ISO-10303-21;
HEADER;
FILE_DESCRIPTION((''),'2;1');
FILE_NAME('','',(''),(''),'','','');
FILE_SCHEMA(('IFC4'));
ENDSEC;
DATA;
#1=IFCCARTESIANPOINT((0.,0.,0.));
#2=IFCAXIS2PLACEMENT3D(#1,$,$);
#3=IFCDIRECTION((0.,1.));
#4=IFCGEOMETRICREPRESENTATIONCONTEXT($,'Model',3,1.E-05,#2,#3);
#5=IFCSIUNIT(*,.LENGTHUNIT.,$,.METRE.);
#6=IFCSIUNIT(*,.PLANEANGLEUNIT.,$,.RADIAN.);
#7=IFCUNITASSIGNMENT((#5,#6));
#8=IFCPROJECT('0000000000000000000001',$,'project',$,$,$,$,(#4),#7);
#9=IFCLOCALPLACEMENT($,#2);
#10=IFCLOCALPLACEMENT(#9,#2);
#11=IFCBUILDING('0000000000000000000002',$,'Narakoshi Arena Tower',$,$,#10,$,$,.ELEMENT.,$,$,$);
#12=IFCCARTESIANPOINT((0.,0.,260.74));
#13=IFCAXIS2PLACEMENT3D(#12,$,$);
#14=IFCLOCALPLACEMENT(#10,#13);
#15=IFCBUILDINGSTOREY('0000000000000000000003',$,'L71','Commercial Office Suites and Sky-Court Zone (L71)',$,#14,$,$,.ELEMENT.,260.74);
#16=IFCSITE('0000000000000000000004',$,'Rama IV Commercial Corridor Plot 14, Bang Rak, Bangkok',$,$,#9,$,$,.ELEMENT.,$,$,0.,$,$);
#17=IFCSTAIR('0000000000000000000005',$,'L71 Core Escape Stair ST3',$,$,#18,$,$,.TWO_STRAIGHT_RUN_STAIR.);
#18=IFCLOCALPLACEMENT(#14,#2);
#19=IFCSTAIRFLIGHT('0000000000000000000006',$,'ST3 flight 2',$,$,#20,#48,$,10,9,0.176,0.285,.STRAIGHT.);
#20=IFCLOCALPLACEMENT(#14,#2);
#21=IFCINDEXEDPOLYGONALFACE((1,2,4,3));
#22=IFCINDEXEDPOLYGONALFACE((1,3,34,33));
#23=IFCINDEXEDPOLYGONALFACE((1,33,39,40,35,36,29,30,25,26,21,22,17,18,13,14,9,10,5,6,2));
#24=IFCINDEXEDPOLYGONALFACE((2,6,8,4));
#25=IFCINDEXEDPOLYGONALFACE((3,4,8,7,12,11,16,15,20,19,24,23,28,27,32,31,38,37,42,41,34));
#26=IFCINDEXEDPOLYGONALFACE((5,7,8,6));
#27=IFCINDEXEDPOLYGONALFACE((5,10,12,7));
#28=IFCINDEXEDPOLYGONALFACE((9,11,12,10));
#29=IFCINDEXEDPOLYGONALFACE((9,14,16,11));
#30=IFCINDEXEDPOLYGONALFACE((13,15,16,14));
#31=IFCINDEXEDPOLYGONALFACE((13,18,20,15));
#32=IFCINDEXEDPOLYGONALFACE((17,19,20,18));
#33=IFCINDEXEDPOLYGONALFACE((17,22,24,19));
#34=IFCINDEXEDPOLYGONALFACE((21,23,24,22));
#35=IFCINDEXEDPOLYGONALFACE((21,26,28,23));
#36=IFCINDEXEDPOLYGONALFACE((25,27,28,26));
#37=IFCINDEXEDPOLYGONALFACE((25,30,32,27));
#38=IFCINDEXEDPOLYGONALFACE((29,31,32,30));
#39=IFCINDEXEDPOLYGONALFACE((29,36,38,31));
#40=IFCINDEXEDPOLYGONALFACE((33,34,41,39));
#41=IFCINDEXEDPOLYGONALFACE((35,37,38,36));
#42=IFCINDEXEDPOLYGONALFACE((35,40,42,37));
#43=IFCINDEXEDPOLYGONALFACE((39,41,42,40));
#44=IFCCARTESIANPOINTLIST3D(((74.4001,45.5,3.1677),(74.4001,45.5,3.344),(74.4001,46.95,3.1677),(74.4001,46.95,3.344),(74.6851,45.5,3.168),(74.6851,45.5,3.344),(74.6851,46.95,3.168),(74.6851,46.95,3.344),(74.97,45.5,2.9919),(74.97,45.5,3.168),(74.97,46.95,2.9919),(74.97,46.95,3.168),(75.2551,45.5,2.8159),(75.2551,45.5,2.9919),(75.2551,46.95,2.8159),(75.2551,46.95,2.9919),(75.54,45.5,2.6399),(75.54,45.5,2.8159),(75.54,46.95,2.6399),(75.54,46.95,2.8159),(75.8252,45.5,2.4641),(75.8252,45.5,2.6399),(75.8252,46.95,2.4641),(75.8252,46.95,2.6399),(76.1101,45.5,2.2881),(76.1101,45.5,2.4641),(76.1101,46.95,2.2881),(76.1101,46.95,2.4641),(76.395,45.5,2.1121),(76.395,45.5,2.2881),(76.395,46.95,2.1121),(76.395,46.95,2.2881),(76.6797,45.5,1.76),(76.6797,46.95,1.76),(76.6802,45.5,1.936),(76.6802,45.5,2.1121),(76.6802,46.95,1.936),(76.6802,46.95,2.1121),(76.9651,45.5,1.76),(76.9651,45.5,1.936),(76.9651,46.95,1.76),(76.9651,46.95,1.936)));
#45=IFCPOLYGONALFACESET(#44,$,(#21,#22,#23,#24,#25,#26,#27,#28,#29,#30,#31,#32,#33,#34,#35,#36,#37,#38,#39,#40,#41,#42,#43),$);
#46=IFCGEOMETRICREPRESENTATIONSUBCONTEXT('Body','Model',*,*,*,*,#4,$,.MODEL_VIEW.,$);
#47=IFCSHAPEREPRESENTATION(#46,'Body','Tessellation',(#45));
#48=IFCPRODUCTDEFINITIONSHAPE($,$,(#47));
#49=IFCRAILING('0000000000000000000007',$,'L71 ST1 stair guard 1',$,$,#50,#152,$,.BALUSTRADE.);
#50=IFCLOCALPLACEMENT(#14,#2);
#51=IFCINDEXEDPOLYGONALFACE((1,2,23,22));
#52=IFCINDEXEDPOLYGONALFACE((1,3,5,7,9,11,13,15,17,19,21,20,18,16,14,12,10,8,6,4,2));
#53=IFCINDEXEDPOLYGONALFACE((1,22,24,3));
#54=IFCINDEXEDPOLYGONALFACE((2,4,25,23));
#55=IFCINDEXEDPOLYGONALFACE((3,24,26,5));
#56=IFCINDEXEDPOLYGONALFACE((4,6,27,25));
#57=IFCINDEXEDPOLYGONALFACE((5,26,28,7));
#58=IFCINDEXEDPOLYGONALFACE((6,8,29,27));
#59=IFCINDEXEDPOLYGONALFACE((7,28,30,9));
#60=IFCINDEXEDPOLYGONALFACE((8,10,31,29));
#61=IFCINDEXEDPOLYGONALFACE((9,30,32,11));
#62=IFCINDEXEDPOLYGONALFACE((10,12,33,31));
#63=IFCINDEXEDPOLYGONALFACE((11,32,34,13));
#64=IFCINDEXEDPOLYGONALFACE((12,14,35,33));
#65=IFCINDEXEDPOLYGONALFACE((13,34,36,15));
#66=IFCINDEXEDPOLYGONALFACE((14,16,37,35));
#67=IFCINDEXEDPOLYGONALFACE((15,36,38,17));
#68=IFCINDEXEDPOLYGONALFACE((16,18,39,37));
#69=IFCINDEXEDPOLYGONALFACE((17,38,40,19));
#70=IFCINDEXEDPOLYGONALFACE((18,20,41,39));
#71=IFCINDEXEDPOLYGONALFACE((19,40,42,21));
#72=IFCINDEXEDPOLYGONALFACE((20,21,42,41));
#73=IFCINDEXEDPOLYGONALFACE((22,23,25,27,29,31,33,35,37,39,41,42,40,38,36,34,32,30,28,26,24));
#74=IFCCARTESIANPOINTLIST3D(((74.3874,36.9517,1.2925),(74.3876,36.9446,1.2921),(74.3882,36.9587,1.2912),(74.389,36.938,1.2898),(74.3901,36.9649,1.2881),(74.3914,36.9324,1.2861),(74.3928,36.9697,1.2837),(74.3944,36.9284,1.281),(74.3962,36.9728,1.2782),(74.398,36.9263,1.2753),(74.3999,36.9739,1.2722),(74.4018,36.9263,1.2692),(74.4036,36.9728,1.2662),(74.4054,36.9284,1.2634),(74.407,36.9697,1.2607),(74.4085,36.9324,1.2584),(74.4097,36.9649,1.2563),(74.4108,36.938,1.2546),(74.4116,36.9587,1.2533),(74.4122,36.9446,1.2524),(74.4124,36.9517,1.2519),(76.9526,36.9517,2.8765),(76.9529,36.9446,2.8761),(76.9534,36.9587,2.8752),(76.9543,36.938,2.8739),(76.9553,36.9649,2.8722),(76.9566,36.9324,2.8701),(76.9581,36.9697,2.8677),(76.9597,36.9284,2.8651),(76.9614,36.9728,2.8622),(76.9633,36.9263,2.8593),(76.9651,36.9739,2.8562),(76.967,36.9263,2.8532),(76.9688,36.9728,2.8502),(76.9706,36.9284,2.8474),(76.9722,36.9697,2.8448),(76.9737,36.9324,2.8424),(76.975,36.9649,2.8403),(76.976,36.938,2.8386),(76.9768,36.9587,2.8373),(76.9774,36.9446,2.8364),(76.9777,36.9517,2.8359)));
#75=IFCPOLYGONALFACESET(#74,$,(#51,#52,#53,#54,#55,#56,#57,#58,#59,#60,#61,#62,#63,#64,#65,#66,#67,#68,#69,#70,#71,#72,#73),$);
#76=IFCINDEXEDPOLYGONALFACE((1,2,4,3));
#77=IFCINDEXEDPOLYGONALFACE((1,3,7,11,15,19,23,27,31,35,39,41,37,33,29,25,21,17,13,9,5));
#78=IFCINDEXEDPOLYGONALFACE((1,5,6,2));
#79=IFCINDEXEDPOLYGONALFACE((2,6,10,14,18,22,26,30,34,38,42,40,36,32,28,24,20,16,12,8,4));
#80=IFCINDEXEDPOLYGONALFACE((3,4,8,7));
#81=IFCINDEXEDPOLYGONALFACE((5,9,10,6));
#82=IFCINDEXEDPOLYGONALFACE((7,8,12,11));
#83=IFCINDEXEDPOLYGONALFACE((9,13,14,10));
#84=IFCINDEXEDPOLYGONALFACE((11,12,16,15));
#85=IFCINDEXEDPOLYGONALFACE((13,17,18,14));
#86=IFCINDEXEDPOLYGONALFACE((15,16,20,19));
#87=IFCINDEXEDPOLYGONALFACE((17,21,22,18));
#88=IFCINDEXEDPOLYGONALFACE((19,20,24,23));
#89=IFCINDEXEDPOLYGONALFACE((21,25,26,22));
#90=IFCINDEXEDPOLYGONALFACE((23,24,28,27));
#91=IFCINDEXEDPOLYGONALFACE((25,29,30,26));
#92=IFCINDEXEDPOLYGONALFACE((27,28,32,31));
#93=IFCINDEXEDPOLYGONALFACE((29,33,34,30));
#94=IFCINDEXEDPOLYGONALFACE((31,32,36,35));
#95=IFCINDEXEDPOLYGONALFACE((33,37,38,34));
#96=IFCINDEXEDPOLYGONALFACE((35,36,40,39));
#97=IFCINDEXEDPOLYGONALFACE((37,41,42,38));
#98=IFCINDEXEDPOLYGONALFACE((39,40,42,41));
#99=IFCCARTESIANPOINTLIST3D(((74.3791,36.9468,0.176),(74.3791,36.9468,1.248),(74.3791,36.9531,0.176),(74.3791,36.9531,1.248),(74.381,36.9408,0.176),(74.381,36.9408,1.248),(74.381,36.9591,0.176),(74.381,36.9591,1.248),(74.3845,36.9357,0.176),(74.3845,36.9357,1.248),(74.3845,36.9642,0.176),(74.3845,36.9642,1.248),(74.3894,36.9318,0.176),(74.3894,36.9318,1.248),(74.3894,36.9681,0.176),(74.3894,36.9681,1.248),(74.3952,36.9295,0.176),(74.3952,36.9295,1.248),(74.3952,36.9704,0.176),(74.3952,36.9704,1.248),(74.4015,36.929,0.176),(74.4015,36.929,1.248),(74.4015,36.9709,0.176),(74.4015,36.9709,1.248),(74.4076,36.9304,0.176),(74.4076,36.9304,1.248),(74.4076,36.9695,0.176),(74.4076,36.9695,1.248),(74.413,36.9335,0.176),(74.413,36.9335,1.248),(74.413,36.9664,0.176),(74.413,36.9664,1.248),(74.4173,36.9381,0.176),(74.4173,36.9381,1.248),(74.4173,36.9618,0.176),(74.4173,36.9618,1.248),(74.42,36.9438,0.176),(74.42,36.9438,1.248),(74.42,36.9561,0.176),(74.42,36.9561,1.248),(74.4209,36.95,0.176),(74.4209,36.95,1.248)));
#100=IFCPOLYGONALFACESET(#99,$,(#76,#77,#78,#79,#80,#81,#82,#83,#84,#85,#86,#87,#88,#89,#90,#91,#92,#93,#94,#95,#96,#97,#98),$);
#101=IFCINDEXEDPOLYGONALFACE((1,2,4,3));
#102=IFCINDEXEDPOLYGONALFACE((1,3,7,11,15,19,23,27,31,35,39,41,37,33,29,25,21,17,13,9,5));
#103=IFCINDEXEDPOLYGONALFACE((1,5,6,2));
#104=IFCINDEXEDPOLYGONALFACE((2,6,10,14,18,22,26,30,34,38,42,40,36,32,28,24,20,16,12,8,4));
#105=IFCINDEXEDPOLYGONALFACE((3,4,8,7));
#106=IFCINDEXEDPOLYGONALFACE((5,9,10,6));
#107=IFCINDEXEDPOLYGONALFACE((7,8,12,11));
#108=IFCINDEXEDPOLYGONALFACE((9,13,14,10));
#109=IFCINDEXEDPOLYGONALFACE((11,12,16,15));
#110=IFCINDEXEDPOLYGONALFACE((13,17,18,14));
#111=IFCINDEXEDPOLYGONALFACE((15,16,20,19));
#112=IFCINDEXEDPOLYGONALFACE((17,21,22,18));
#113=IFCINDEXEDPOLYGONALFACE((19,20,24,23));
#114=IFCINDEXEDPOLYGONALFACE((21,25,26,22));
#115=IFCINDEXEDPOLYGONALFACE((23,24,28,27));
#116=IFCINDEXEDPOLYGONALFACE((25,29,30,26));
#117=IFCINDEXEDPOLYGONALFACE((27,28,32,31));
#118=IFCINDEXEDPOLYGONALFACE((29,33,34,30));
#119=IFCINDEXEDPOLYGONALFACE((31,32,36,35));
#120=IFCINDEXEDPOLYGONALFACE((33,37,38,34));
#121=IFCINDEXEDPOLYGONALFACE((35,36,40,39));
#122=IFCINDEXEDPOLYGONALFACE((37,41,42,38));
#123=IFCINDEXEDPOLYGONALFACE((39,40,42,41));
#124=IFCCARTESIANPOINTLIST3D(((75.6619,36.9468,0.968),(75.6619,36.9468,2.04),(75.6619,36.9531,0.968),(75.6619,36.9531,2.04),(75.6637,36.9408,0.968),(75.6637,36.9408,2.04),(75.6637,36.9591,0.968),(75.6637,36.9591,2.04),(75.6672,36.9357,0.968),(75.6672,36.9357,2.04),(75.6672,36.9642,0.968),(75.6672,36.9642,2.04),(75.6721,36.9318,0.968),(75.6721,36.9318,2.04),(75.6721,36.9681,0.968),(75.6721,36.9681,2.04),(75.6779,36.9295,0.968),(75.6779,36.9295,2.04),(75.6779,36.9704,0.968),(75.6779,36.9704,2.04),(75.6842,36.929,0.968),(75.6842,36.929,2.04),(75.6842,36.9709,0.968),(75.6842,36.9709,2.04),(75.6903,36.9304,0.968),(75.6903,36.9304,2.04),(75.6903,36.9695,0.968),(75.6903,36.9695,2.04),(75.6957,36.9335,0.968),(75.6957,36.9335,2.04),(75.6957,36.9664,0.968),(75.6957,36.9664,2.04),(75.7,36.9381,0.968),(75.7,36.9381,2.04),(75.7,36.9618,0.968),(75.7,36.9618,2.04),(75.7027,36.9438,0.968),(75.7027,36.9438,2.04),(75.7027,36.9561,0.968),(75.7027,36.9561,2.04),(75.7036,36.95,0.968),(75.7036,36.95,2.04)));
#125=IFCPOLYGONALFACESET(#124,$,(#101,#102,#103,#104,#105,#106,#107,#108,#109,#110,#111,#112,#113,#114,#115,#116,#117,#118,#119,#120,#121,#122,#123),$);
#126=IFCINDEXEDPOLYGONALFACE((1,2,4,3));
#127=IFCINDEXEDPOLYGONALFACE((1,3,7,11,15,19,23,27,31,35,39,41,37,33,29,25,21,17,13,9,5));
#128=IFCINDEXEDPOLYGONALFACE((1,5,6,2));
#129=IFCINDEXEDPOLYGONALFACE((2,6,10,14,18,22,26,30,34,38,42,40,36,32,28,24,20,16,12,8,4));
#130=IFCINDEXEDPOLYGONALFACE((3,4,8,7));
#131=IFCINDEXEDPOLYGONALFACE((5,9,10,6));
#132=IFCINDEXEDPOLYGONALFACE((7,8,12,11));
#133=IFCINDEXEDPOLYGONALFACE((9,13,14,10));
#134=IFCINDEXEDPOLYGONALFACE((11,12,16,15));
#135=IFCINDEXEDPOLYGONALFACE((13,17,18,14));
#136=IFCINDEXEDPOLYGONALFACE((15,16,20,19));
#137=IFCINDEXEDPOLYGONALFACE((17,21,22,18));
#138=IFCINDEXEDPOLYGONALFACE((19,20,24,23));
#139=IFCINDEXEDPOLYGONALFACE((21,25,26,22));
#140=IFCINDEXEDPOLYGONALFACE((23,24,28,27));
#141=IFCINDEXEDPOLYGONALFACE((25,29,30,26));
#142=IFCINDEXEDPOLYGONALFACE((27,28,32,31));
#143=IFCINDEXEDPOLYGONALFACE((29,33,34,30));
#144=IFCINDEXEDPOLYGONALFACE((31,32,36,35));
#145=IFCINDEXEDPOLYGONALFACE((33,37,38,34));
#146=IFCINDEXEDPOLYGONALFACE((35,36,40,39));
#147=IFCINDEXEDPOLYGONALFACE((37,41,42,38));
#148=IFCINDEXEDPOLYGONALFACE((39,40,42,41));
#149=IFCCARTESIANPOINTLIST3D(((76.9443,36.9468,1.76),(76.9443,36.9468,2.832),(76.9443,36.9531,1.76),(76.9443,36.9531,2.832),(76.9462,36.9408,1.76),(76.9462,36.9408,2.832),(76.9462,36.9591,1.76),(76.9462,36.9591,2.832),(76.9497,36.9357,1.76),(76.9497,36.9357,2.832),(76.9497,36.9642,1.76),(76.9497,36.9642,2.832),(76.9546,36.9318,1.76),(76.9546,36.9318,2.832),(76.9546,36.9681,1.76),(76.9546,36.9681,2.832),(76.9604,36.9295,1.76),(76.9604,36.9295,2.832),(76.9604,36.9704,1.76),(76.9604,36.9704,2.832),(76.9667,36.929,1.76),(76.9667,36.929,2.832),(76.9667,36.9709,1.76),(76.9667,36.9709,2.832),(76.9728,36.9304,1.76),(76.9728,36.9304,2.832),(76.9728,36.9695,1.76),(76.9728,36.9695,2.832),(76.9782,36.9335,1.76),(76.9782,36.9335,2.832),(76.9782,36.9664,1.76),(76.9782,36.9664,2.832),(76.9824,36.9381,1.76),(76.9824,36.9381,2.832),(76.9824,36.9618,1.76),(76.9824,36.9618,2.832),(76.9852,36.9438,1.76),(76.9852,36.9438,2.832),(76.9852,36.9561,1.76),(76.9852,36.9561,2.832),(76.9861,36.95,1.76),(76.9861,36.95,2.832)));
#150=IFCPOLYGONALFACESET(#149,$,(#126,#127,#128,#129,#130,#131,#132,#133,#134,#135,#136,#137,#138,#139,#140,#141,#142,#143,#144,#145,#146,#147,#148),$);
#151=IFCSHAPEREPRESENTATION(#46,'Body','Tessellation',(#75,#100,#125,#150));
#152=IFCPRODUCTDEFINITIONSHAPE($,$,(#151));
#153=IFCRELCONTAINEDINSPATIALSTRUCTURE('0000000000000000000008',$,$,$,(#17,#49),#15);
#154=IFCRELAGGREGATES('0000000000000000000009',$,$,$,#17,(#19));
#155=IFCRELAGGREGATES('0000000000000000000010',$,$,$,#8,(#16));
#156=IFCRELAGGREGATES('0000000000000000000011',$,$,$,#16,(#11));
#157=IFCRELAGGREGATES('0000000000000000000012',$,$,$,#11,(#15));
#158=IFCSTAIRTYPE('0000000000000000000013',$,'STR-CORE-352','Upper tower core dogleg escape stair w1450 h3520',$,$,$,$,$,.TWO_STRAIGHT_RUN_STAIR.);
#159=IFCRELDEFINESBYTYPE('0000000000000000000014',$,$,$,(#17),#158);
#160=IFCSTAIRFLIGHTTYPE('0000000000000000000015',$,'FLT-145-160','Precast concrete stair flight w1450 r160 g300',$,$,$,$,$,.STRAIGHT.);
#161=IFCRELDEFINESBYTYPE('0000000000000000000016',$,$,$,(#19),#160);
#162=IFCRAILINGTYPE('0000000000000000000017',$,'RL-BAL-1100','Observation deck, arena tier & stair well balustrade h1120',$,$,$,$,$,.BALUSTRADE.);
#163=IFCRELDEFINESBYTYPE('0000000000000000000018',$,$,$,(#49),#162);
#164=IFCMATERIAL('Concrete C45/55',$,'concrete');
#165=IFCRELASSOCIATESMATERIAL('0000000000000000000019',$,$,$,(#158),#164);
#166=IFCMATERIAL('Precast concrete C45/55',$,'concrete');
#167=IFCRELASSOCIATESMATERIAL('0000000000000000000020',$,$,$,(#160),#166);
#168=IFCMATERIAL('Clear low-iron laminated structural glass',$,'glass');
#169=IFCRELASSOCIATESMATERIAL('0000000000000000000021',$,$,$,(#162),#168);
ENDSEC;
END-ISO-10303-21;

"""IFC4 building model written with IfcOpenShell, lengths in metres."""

from ifc_helpers import new_model, si_unit, direction, frame, origin, origin_2d, place, context, subcontext, project, spatial, polyline, circle, outline, extrude, material, type_object, element, aggregate, save


model = new_model("IFC4")

# Units and contexts
model_context = context("Model", 3, precision=1e-05, world=origin(), true_north=direction((0.0, 1.0)))
body_context = subcontext(model_context, "Body", "Model", "MODEL_VIEW")
ifc_project = project(units=[si_unit("LENGTHUNIT", "METRE"), si_unit("PLANEANGLEUNIT", "RADIAN")], contexts=[model_context])

# Site, building, storey
site_placement = place(None, origin())
site = spatial("IfcSite", under=ifc_project, at=site_placement, Name="Rama IV Commercial Corridor Plot 14, Bang Rak, Bangkok", CompositionType="ELEMENT", RefElevation=0.0)
building_placement = place(site_placement, origin())
building = spatial("IfcBuilding", under=site, at=building_placement, Name="Narakoshi Arena Tower", CompositionType="ELEMENT")
storey_placement = place(building_placement, frame((0.0, 0.0, 260.74)))
storey = spatial("IfcBuildingStorey", under=building, at=storey_placement, Name="L71", Description="Commercial Office Suites and Sky-Court Zone (L71)", CompositionType="ELEMENT", Elevation=260.74)

# Shared definitions
ifc_material_1 = material(Name="Precast concrete C45/55", Category="concrete")

# Shared definitions
ifc_material_2 = material(Name="Concrete C45/55", Category="concrete")
stair_type = type_object("IfcStairType", Name="STR-CORE-352", Description="Upper tower core dogleg escape stair w1450 h3520", PredefinedType="TWO_STRAIGHT_RUN_STAIR", material=ifc_material_2)
stair_flight_type = type_object("IfcStairFlightType", Name="FLT-145-160", Description="Precast concrete stair flight w1450 r160 g300", PredefinedType="STRAIGHT", material=ifc_material_1)

# Stair, stair flight
stair_1_placement = place(storey_placement, origin())
stair_1 = element("IfcStair", 1, at=stair_1_placement, inside=storey, type_object=stair_type, Name="L71 Core Escape Stair ST3", PredefinedType="TWO_STRAIGHT_RUN_STAIR")
stair_flight_1_placement = place(storey_placement, frame((76.9651, 46.2251, 1.76), z_axis=(0.0, 0.0, 1.0), x_axis=(-1.0, 0.0, 0.0)))
stair_flight_1 = element("IfcStairFlight", 2, at=stair_flight_1_placement, type_object=stair_flight_type, Name="ST3 flight 2", NumberOfRisers=10, NumberOfTreads=9, PredefinedType="STRAIGHT", RiserHeight=0.176, TreadLength=0.285, context=body_context, shape_type="SweptSolid", body=[
    extrude(outline(polyline([(0.0, 0.0), (0.0, 0.176), (0.2849, 0.176), (0.2849, 0.3521), (0.5701, 0.3521), (0.5701, 0.5281), (0.855, 0.5281), (0.855, 0.7041), (1.1399, 0.7041), (1.1399, 0.8799), (1.425, 0.8799), (1.425, 1.0559), (1.71, 1.0559), (1.71, 1.2319), (1.9951, 1.2319), (1.9951, 1.408), (2.28, 1.408), (2.28, 1.584), (2.5649, 1.584), (2.5649, 1.76), (2.5649, 1.4077), (0.2854, 0.0), (0.0, 0.0)])), frame((0.0, 0.7251, 0.0), z_axis=(0.0, -1.0, 0.0), x_axis=(1.0, 0.0, 0.0)), (0.0, 0.0, 1.0), 1.45),
])
aggregate(stair_1, [stair_flight_1])

# Railing
ifc_material_3 = material(Name="Clear low-iron laminated structural glass", Category="glass")
railing_type_1 = type_object("IfcRailingType", Name="RL-BAL-1100", Description="Observation deck, arena tier & stair well balustrade h1120", PredefinedType="BALUSTRADE", material=ifc_material_3)
railing_1_placement = place(storey_placement, frame((74.3999, 36.95, 0.176)))
element("IfcRailing", 3, at=railing_1_placement, inside=storey, type_object=railing_type_1, Name="L71 ST1 stair guard 1", PredefinedType="BALUSTRADE", context=body_context, shape_type="SweptSolid", body=[
    extrude(circle(Radius=0.0239, at=origin_2d()), frame((0.0, 0.0, 1.0962), z_axis=(0.850857, 0.0, 0.525398), x_axis=(0.0, 1.0, 0.0)), (0.0, 0.0, 1.0), 3.0149),
    extrude(circle(Radius=0.021, at=origin_2d()), origin(), (0.0, 0.0, 1.0), 1.072),
    extrude(circle(Radius=0.021, at=origin_2d()), frame((1.2827, 0.0, 0.792)), (0.0, 0.0, 1.0), 1.072),
    extrude(circle(Radius=0.021, at=origin_2d()), frame((2.5652, 0.0, 1.584)), (0.0, 0.0, 1.0), 1.072),
])

save(model, "model.ifc")
